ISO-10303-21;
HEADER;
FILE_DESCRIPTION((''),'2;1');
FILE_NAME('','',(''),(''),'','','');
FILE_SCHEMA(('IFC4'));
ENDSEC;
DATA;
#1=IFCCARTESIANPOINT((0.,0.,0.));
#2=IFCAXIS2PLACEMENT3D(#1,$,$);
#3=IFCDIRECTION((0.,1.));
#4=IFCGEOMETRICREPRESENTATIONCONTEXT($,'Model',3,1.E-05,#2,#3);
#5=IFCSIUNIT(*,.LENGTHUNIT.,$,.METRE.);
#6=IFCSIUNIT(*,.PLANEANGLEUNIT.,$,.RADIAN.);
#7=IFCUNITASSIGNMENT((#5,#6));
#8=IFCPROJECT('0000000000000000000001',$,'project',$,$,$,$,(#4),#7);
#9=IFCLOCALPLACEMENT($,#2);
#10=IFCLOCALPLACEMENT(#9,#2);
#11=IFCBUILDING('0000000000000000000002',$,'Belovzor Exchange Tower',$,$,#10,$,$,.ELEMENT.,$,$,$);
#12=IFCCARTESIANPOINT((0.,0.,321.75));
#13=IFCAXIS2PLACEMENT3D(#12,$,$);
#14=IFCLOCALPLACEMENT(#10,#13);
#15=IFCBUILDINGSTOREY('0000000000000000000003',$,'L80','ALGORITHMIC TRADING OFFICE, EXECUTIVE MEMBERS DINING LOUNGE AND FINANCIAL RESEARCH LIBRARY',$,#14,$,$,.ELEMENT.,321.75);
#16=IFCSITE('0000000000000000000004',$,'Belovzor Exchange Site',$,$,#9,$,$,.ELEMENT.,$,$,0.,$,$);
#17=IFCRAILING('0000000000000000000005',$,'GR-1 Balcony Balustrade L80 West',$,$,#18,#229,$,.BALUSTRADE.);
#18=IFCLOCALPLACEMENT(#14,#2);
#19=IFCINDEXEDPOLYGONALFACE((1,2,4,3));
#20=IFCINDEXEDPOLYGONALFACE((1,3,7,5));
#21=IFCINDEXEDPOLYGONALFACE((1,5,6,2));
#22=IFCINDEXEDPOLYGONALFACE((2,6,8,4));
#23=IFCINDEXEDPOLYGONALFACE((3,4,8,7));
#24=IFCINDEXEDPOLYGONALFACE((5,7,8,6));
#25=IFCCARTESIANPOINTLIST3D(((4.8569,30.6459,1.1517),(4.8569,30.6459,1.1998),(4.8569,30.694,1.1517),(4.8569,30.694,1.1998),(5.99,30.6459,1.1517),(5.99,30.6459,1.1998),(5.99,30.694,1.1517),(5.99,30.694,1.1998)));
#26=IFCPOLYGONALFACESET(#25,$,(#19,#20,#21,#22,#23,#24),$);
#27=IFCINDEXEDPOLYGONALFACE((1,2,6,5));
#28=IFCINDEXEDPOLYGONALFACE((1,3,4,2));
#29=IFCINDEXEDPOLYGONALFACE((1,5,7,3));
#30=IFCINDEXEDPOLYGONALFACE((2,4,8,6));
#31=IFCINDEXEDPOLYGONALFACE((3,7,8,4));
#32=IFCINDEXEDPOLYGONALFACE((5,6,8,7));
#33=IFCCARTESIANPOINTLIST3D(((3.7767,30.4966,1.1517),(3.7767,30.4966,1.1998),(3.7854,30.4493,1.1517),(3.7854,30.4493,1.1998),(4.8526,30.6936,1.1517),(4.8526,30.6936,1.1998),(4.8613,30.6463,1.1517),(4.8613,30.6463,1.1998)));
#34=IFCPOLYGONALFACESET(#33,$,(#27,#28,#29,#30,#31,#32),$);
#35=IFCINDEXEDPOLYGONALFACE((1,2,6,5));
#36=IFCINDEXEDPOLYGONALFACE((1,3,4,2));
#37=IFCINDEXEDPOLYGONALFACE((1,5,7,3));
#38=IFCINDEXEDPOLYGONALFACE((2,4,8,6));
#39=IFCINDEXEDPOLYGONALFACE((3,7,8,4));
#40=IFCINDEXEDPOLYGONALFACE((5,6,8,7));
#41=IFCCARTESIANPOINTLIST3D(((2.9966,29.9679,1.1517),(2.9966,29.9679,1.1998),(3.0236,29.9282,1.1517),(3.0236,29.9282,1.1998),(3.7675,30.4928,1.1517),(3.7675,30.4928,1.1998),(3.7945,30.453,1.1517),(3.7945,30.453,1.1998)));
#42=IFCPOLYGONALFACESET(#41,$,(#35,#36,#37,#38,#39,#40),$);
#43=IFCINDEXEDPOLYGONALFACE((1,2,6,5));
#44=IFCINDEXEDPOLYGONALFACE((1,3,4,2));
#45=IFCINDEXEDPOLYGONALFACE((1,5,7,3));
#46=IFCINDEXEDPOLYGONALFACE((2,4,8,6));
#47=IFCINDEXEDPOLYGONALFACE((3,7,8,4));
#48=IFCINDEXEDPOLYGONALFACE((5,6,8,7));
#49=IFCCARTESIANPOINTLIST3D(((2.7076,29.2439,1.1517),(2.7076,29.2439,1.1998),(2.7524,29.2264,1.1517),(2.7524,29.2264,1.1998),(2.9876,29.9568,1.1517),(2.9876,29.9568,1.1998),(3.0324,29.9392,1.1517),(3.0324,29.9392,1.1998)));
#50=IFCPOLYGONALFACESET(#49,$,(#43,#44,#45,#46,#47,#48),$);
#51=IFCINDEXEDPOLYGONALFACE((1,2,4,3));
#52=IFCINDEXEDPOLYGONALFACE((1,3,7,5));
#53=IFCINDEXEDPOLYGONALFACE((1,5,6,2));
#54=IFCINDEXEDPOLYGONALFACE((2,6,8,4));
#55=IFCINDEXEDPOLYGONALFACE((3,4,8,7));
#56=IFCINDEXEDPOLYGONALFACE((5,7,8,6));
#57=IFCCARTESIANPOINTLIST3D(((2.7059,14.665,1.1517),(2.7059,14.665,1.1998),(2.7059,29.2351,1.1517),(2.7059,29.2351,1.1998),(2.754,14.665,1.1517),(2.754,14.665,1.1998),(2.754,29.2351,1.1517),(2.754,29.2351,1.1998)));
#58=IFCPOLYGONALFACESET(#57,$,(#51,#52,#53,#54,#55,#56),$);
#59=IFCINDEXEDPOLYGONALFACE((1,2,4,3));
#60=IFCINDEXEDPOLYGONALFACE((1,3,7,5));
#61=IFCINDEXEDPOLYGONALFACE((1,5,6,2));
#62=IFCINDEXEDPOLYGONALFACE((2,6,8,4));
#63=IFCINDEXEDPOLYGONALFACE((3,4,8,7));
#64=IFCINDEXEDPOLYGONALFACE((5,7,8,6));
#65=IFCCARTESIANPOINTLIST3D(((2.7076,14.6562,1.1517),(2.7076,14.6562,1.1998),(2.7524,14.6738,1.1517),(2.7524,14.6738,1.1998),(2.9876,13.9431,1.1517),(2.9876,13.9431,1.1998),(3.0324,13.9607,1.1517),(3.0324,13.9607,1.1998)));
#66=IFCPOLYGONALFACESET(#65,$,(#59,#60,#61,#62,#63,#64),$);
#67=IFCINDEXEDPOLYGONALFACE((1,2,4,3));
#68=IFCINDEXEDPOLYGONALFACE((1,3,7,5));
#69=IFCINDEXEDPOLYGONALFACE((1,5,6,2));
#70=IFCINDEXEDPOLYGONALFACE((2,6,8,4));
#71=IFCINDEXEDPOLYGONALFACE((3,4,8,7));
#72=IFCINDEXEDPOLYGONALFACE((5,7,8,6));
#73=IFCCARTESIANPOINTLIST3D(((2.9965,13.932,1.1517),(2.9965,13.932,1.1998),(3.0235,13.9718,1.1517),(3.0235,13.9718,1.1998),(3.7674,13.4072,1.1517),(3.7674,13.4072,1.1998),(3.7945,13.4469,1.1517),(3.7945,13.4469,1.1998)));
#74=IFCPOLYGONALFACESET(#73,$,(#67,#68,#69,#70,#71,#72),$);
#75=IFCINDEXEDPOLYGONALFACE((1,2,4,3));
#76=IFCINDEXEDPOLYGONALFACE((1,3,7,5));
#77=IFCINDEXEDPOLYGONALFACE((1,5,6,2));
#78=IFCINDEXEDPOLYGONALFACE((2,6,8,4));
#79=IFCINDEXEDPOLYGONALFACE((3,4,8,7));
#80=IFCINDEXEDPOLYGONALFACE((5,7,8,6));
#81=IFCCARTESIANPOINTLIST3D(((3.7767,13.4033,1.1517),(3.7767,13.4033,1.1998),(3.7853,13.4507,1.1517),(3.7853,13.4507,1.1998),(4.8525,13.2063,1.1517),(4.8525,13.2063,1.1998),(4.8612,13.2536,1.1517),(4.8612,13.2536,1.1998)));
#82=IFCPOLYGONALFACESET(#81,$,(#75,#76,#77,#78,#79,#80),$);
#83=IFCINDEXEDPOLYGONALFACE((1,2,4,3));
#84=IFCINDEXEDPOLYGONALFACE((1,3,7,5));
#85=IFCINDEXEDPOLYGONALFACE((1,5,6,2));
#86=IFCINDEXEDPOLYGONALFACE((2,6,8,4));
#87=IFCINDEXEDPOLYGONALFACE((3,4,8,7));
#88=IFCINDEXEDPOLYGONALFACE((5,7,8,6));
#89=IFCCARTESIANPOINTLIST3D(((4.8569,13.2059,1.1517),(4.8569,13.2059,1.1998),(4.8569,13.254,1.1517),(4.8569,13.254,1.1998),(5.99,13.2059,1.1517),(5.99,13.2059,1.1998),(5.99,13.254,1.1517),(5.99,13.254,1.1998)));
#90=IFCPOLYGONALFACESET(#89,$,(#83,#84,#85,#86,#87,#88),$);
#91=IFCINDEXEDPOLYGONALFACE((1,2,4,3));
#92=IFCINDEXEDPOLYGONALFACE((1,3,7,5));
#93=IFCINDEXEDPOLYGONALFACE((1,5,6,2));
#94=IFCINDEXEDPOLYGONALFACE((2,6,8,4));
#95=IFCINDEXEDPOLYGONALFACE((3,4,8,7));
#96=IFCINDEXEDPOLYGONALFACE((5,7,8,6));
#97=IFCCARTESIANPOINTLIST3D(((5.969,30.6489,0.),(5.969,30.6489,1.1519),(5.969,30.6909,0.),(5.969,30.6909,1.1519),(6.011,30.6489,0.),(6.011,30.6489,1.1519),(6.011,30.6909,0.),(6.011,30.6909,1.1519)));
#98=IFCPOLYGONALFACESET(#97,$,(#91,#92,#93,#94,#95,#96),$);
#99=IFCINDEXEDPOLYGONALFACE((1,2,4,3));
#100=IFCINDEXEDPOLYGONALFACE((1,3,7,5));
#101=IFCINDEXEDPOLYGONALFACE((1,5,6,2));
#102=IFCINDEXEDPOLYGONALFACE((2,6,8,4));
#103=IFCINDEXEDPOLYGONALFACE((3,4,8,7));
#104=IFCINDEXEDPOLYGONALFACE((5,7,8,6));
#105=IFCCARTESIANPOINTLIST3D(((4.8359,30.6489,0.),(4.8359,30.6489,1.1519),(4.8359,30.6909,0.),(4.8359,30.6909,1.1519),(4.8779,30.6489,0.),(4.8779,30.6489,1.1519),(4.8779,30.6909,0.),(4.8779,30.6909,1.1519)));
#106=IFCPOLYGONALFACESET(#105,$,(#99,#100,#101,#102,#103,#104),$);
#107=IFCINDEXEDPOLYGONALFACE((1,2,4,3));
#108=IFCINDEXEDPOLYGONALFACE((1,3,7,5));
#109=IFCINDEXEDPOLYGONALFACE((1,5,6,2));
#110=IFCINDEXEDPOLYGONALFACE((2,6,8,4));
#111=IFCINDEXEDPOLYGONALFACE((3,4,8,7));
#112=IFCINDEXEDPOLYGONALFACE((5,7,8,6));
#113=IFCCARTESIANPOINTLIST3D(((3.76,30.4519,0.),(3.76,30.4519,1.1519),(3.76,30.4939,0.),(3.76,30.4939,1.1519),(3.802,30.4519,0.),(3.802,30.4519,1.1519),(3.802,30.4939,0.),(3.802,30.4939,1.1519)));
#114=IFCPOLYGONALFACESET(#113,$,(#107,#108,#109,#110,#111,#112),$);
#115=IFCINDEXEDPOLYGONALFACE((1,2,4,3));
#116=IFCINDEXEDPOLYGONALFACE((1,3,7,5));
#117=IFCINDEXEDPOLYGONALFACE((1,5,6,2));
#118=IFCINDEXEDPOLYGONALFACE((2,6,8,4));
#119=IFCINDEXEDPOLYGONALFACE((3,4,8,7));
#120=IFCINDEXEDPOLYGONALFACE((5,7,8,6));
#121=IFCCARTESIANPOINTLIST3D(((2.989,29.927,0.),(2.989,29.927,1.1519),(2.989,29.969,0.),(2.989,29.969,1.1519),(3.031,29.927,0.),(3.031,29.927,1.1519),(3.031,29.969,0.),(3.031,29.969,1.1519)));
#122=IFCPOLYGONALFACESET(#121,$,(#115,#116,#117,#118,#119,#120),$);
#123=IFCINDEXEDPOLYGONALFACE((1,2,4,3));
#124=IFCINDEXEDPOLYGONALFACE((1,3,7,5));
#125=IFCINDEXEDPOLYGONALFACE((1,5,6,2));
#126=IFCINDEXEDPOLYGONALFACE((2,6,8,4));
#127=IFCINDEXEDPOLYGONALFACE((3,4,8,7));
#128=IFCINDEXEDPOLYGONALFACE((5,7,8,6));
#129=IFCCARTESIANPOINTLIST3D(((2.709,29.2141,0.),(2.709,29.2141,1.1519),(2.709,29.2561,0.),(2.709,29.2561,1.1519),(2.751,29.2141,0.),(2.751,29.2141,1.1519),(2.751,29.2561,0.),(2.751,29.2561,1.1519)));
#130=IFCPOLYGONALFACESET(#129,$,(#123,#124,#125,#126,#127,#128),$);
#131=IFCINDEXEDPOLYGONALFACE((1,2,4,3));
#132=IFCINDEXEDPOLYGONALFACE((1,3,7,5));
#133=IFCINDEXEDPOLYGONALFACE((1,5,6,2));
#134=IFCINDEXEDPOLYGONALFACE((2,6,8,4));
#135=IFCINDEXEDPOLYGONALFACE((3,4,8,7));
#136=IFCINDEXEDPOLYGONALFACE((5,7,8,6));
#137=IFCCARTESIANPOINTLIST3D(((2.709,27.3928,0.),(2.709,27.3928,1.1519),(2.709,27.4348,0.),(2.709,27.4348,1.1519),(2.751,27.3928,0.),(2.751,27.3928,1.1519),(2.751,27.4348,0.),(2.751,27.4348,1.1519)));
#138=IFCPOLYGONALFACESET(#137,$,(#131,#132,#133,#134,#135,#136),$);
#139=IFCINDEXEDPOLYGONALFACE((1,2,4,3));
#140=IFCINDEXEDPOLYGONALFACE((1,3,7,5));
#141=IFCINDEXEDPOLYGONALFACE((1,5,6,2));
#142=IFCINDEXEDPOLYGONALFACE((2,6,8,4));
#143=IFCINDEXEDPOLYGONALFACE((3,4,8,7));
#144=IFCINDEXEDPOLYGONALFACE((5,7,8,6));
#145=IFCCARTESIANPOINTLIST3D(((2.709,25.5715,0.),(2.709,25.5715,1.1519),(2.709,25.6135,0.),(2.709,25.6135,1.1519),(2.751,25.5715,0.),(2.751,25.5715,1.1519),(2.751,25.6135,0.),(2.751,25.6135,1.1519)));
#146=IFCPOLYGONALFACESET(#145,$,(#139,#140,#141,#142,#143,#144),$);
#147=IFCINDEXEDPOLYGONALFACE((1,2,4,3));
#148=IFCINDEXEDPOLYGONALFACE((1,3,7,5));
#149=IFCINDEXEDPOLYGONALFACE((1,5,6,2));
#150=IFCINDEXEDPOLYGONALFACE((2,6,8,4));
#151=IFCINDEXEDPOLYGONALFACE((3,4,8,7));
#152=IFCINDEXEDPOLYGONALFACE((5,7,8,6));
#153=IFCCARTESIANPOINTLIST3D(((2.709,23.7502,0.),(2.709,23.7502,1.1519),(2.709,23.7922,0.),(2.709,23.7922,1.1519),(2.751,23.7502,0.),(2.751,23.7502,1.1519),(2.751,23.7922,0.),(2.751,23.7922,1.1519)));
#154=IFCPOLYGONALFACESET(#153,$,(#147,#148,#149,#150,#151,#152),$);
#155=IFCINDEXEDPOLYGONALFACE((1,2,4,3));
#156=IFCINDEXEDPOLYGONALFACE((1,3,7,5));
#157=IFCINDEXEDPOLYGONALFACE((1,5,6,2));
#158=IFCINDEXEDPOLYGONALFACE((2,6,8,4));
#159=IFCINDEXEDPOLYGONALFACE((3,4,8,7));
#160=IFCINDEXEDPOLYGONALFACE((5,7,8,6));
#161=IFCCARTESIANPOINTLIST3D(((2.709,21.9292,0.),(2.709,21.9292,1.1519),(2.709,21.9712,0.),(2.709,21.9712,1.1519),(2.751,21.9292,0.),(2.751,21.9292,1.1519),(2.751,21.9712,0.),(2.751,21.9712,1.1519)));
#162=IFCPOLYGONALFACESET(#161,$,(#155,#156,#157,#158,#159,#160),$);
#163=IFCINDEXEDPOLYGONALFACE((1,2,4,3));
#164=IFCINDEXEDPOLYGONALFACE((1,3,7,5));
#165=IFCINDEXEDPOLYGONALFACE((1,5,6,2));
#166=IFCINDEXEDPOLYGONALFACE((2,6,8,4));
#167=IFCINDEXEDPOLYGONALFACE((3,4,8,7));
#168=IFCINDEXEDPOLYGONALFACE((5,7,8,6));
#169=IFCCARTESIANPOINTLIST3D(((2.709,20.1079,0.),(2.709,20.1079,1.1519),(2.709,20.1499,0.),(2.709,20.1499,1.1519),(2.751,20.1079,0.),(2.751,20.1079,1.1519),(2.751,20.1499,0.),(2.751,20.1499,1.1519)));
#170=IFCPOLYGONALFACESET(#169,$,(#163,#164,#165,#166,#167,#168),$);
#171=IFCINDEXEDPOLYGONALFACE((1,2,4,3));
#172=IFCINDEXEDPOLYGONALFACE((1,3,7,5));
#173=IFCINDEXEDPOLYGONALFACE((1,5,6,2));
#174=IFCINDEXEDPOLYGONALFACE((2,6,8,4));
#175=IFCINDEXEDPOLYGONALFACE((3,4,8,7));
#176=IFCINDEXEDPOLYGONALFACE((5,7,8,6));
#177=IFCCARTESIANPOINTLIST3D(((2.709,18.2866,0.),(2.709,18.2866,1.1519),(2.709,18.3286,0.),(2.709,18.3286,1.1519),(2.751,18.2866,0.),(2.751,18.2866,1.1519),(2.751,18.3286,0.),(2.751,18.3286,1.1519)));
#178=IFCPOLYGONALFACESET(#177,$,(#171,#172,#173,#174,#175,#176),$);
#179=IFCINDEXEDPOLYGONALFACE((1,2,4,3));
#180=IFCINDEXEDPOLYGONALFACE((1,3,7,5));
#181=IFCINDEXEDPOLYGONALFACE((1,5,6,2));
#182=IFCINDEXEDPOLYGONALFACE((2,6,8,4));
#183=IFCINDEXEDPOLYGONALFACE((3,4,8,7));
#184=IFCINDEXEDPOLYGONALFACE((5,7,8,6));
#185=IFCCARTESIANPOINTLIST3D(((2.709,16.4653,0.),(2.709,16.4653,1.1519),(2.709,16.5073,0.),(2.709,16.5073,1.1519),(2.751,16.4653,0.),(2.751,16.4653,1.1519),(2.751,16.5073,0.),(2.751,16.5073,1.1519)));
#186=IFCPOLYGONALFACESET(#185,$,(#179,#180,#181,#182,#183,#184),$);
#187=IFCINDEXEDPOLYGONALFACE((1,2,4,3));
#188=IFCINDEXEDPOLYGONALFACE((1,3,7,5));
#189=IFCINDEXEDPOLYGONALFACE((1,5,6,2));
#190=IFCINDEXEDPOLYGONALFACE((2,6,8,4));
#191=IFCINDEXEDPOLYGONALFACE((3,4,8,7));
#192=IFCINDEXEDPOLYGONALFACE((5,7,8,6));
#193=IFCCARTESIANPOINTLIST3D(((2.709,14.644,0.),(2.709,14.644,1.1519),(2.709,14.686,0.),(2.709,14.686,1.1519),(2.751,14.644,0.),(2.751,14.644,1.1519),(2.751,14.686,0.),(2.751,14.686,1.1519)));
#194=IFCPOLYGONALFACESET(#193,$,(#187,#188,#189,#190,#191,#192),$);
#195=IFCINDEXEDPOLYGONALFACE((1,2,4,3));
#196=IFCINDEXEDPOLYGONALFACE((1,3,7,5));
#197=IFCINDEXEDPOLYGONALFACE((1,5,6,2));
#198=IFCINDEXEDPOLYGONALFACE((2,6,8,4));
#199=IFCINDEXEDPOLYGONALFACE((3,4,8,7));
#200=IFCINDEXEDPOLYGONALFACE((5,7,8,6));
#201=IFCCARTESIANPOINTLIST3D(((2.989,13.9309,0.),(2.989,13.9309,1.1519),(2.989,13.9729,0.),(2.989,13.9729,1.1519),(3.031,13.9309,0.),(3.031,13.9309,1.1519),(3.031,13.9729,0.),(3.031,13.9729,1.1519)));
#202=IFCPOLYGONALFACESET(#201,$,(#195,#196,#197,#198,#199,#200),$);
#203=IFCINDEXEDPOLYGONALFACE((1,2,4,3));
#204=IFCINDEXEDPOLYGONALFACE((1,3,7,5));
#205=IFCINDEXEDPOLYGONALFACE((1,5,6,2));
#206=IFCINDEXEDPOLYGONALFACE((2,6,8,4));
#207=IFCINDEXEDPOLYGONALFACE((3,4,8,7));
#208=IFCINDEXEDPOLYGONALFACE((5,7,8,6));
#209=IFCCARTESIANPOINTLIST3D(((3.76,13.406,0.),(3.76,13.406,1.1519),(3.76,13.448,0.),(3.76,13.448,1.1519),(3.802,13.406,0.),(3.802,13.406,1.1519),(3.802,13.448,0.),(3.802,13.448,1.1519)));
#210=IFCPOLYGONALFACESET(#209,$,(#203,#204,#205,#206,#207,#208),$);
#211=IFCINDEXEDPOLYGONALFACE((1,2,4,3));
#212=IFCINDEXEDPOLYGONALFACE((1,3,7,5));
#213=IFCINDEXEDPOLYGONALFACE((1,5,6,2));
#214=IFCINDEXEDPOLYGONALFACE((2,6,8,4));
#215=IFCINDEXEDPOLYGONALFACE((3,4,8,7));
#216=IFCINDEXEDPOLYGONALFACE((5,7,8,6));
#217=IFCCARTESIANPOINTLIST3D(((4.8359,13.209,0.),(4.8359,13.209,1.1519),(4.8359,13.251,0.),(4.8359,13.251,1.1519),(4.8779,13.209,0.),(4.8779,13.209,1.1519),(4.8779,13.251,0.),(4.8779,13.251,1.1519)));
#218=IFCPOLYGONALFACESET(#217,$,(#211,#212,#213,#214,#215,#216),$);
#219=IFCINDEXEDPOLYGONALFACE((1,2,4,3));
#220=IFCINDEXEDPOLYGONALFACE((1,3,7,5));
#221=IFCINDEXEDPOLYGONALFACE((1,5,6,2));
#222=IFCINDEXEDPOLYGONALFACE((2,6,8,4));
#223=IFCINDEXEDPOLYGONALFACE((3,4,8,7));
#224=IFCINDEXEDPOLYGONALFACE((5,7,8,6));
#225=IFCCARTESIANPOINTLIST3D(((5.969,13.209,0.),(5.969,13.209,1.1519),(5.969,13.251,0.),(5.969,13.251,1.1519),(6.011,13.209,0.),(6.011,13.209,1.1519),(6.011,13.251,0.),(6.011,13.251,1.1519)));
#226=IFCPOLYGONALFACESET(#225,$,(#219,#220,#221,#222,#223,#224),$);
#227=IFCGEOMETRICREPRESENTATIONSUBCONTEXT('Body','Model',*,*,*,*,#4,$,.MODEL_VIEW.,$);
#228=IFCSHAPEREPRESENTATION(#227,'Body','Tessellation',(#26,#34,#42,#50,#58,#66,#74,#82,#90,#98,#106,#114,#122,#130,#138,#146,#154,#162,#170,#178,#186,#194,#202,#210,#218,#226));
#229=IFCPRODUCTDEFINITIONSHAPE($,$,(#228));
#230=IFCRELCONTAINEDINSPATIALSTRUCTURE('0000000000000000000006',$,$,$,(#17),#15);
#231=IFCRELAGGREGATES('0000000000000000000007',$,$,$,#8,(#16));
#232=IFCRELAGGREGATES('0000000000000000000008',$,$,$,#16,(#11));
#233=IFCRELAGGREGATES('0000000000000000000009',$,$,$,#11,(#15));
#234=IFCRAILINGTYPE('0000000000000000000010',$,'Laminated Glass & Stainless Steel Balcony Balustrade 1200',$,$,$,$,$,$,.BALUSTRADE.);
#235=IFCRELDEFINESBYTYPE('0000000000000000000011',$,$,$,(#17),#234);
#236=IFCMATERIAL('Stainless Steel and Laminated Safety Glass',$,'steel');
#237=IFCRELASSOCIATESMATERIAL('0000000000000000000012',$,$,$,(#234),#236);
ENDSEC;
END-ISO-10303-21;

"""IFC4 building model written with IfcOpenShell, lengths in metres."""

from ifc_helpers import new_model, si_unit, direction, frame, origin, origin_2d, place, context, subcontext, project, spatial, rectangle, extrude, material, type_object, element, save


model = new_model("IFC4")

# Units and contexts
model_context = context("Model", 3, precision=1e-05, world=origin(), true_north=direction((0.0, 1.0)))
body_context = subcontext(model_context, "Body", "Model", "MODEL_VIEW")
ifc_project = project(units=[si_unit("LENGTHUNIT", "METRE"), si_unit("PLANEANGLEUNIT", "RADIAN")], contexts=[model_context])

# Site, building, storey
site_placement = place(None, origin())
site = spatial("IfcSite", under=ifc_project, at=site_placement, Name="Belovzor Exchange Site", CompositionType="ELEMENT", RefElevation=0.0)
building_placement = place(site_placement, origin())
building = spatial("IfcBuilding", under=site, at=building_placement, Name="Belovzor Exchange Tower", CompositionType="ELEMENT")
storey_placement = place(building_placement, frame((0.0, 0.0, 321.75)))
storey = spatial("IfcBuildingStorey", under=building, at=storey_placement, Name="L80", Description="ALGORITHMIC TRADING OFFICE, EXECUTIVE MEMBERS DINING LOUNGE AND FINANCIAL RESEARCH LIBRARY", CompositionType="ELEMENT", Elevation=321.75)

# Railing
ifc_material_1 = material(Name="Stainless Steel and Laminated Safety Glass", Category="steel")
railing_type = type_object("IfcRailingType", Name="Laminated Glass & Stainless Steel Balcony Balustrade 1200", PredefinedType="BALUSTRADE", material=ifc_material_1)
railing_placement = place(storey_placement, frame((5.99, 30.6699, 0.0)))
element("IfcRailing", 1, at=railing_placement, inside=storey, type_object=railing_type, Name="GR-1 Balcony Balustrade L80 West", PredefinedType="BALUSTRADE", context=body_context, shape_type="SweptSolid", body=[
    extrude(rectangle(XDim=0.0481, YDim=0.0481, at=origin_2d()), frame((0.0, 0.0, 1.1758), z_axis=(-1.0, 0.0, 0.0), x_axis=(0.0, -1.0, 0.0)), (0.0, 0.0, 1.0), 1.1331),
    extrude(rectangle(XDim=0.0481, YDim=0.0481, at=origin_2d()), frame((-1.1331, 0.0, 1.1758), z_axis=(-0.983644, -0.180123, 0.0), x_axis=(0.180123, -0.983644, 0.0)), (0.0, 0.0, 1.0), 1.0938),
    extrude(rectangle(XDim=0.0481, YDim=0.0481, at=origin_2d()), frame((-2.209, -0.197, 1.1758), z_axis=(-0.826615, -0.562768, 0.0), x_axis=(0.562768, -0.826615, 0.0)), (0.0, 0.0, 1.0), 0.9326),
    extrude(rectangle(XDim=0.0481, YDim=0.0481, at=origin_2d()), frame((-2.98, -0.7219, 1.1758), z_axis=(-0.365613, -0.930767, 0.0), x_axis=(0.930767, -0.365613, 0.0)), (0.0, 0.0, 1.0), 0.7659),
    extrude(rectangle(XDim=0.0481, YDim=0.0481, at=origin_2d()), frame((-3.26, -1.4348, 1.1758), z_axis=(0.0, -1.0, 0.0), x_axis=(1.0, 0.0, 0.0)), (0.0, 0.0, 1.0), 14.5701),
    extrude(rectangle(XDim=0.0481, YDim=0.0481, at=origin_2d()), frame((-3.26, -16.0049, 1.1758), z_axis=(0.365504, -0.93081, 0.0), x_axis=(0.93081, 0.365504, 0.0)), (0.0, 0.0, 1.0), 0.7661),
    extrude(rectangle(XDim=0.0481, YDim=0.0481, at=origin_2d()), frame((-2.98, -16.718, 1.1758), z_axis=(0.826615, -0.562768, 0.0), x_axis=(0.562768, 0.826615, 0.0)), (0.0, 0.0, 1.0), 0.9326),
    extrude(rectangle(XDim=0.0481, YDim=0.0481, at=origin_2d()), frame((-2.209, -17.2429, 1.1758), z_axis=(0.983644, -0.180123, 0.0), x_axis=(0.180123, 0.983644, 0.0)), (0.0, 0.0, 1.0), 1.0938),
    extrude(rectangle(XDim=0.0481, YDim=0.0481, at=origin_2d()), frame((-1.1331, -17.4399, 1.1758), z_axis=(1.0, 0.0, 0.0), x_axis=(0.0, 1.0, 0.0)), (0.0, 0.0, 1.0), 1.1331),
    extrude(rectangle(XDim=0.042, YDim=0.042, at=origin_2d()), origin(), (0.0, 0.0, 1.0), 1.1519),
    extrude(rectangle(XDim=0.042, YDim=0.042, at=origin_2d()), frame((-1.1331, 0.0, 0.0)), (0.0, 0.0, 1.0), 1.1519),
    extrude(rectangle(XDim=0.042, YDim=0.042, at=origin_2d()), frame((-2.209, -0.197, 0.0)), (0.0, 0.0, 1.0), 1.1519),
    extrude(rectangle(XDim=0.042, YDim=0.042, at=origin_2d()), frame((-2.98, -0.7219, 0.0)), (0.0, 0.0, 1.0), 1.1519),
    extrude(rectangle(XDim=0.042, YDim=0.042, at=origin_2d()), frame((-3.26, -1.4348, 0.0)), (0.0, 0.0, 1.0), 1.1519),
    extrude(rectangle(XDim=0.042, YDim=0.042, at=origin_2d()), frame((-3.26, -3.2561, 0.0)), (0.0, 0.0, 1.0), 1.1519),
    extrude(rectangle(XDim=0.042, YDim=0.042, at=origin_2d()), frame((-3.26, -5.0774, 0.0)), (0.0, 0.0, 1.0), 1.1519),
    extrude(rectangle(XDim=0.042, YDim=0.042, at=origin_2d()), frame((-3.26, -6.8987, 0.0)), (0.0, 0.0, 1.0), 1.1519),
    extrude(rectangle(XDim=0.042, YDim=0.042, at=origin_2d()), frame((-3.26, -8.7197, 0.0)), (0.0, 0.0, 1.0), 1.1519),
    extrude(rectangle(XDim=0.042, YDim=0.042, at=origin_2d()), frame((-3.26, -10.541, 0.0)), (0.0, 0.0, 1.0), 1.1519),
    extrude(rectangle(XDim=0.042, YDim=0.042, at=origin_2d()), frame((-3.26, -12.3623, 0.0)), (0.0, 0.0, 1.0), 1.1519),
    extrude(rectangle(XDim=0.042, YDim=0.042, at=origin_2d()), frame((-3.26, -14.1836, 0.0)), (0.0, 0.0, 1.0), 1.1519),
    extrude(rectangle(XDim=0.042, YDim=0.042, at=origin_2d()), frame((-3.26, -16.0049, 0.0)), (0.0, 0.0, 1.0), 1.1519),
    extrude(rectangle(XDim=0.042, YDim=0.042, at=origin_2d()), frame((-2.98, -16.718, 0.0)), (0.0, 0.0, 1.0), 1.1519),
    extrude(rectangle(XDim=0.042, YDim=0.042, at=origin_2d()), frame((-2.209, -17.2429, 0.0)), (0.0, 0.0, 1.0), 1.1519),
    extrude(rectangle(XDim=0.042, YDim=0.042, at=origin_2d()), frame((-1.1331, -17.4399, 0.0)), (0.0, 0.0, 1.0), 1.1519),
    extrude(rectangle(XDim=0.042, YDim=0.042, at=origin_2d()), frame((0.0, -17.4399, 0.0)), (0.0, 0.0, 1.0), 1.1519),
])

save(model, "model.ifc")
